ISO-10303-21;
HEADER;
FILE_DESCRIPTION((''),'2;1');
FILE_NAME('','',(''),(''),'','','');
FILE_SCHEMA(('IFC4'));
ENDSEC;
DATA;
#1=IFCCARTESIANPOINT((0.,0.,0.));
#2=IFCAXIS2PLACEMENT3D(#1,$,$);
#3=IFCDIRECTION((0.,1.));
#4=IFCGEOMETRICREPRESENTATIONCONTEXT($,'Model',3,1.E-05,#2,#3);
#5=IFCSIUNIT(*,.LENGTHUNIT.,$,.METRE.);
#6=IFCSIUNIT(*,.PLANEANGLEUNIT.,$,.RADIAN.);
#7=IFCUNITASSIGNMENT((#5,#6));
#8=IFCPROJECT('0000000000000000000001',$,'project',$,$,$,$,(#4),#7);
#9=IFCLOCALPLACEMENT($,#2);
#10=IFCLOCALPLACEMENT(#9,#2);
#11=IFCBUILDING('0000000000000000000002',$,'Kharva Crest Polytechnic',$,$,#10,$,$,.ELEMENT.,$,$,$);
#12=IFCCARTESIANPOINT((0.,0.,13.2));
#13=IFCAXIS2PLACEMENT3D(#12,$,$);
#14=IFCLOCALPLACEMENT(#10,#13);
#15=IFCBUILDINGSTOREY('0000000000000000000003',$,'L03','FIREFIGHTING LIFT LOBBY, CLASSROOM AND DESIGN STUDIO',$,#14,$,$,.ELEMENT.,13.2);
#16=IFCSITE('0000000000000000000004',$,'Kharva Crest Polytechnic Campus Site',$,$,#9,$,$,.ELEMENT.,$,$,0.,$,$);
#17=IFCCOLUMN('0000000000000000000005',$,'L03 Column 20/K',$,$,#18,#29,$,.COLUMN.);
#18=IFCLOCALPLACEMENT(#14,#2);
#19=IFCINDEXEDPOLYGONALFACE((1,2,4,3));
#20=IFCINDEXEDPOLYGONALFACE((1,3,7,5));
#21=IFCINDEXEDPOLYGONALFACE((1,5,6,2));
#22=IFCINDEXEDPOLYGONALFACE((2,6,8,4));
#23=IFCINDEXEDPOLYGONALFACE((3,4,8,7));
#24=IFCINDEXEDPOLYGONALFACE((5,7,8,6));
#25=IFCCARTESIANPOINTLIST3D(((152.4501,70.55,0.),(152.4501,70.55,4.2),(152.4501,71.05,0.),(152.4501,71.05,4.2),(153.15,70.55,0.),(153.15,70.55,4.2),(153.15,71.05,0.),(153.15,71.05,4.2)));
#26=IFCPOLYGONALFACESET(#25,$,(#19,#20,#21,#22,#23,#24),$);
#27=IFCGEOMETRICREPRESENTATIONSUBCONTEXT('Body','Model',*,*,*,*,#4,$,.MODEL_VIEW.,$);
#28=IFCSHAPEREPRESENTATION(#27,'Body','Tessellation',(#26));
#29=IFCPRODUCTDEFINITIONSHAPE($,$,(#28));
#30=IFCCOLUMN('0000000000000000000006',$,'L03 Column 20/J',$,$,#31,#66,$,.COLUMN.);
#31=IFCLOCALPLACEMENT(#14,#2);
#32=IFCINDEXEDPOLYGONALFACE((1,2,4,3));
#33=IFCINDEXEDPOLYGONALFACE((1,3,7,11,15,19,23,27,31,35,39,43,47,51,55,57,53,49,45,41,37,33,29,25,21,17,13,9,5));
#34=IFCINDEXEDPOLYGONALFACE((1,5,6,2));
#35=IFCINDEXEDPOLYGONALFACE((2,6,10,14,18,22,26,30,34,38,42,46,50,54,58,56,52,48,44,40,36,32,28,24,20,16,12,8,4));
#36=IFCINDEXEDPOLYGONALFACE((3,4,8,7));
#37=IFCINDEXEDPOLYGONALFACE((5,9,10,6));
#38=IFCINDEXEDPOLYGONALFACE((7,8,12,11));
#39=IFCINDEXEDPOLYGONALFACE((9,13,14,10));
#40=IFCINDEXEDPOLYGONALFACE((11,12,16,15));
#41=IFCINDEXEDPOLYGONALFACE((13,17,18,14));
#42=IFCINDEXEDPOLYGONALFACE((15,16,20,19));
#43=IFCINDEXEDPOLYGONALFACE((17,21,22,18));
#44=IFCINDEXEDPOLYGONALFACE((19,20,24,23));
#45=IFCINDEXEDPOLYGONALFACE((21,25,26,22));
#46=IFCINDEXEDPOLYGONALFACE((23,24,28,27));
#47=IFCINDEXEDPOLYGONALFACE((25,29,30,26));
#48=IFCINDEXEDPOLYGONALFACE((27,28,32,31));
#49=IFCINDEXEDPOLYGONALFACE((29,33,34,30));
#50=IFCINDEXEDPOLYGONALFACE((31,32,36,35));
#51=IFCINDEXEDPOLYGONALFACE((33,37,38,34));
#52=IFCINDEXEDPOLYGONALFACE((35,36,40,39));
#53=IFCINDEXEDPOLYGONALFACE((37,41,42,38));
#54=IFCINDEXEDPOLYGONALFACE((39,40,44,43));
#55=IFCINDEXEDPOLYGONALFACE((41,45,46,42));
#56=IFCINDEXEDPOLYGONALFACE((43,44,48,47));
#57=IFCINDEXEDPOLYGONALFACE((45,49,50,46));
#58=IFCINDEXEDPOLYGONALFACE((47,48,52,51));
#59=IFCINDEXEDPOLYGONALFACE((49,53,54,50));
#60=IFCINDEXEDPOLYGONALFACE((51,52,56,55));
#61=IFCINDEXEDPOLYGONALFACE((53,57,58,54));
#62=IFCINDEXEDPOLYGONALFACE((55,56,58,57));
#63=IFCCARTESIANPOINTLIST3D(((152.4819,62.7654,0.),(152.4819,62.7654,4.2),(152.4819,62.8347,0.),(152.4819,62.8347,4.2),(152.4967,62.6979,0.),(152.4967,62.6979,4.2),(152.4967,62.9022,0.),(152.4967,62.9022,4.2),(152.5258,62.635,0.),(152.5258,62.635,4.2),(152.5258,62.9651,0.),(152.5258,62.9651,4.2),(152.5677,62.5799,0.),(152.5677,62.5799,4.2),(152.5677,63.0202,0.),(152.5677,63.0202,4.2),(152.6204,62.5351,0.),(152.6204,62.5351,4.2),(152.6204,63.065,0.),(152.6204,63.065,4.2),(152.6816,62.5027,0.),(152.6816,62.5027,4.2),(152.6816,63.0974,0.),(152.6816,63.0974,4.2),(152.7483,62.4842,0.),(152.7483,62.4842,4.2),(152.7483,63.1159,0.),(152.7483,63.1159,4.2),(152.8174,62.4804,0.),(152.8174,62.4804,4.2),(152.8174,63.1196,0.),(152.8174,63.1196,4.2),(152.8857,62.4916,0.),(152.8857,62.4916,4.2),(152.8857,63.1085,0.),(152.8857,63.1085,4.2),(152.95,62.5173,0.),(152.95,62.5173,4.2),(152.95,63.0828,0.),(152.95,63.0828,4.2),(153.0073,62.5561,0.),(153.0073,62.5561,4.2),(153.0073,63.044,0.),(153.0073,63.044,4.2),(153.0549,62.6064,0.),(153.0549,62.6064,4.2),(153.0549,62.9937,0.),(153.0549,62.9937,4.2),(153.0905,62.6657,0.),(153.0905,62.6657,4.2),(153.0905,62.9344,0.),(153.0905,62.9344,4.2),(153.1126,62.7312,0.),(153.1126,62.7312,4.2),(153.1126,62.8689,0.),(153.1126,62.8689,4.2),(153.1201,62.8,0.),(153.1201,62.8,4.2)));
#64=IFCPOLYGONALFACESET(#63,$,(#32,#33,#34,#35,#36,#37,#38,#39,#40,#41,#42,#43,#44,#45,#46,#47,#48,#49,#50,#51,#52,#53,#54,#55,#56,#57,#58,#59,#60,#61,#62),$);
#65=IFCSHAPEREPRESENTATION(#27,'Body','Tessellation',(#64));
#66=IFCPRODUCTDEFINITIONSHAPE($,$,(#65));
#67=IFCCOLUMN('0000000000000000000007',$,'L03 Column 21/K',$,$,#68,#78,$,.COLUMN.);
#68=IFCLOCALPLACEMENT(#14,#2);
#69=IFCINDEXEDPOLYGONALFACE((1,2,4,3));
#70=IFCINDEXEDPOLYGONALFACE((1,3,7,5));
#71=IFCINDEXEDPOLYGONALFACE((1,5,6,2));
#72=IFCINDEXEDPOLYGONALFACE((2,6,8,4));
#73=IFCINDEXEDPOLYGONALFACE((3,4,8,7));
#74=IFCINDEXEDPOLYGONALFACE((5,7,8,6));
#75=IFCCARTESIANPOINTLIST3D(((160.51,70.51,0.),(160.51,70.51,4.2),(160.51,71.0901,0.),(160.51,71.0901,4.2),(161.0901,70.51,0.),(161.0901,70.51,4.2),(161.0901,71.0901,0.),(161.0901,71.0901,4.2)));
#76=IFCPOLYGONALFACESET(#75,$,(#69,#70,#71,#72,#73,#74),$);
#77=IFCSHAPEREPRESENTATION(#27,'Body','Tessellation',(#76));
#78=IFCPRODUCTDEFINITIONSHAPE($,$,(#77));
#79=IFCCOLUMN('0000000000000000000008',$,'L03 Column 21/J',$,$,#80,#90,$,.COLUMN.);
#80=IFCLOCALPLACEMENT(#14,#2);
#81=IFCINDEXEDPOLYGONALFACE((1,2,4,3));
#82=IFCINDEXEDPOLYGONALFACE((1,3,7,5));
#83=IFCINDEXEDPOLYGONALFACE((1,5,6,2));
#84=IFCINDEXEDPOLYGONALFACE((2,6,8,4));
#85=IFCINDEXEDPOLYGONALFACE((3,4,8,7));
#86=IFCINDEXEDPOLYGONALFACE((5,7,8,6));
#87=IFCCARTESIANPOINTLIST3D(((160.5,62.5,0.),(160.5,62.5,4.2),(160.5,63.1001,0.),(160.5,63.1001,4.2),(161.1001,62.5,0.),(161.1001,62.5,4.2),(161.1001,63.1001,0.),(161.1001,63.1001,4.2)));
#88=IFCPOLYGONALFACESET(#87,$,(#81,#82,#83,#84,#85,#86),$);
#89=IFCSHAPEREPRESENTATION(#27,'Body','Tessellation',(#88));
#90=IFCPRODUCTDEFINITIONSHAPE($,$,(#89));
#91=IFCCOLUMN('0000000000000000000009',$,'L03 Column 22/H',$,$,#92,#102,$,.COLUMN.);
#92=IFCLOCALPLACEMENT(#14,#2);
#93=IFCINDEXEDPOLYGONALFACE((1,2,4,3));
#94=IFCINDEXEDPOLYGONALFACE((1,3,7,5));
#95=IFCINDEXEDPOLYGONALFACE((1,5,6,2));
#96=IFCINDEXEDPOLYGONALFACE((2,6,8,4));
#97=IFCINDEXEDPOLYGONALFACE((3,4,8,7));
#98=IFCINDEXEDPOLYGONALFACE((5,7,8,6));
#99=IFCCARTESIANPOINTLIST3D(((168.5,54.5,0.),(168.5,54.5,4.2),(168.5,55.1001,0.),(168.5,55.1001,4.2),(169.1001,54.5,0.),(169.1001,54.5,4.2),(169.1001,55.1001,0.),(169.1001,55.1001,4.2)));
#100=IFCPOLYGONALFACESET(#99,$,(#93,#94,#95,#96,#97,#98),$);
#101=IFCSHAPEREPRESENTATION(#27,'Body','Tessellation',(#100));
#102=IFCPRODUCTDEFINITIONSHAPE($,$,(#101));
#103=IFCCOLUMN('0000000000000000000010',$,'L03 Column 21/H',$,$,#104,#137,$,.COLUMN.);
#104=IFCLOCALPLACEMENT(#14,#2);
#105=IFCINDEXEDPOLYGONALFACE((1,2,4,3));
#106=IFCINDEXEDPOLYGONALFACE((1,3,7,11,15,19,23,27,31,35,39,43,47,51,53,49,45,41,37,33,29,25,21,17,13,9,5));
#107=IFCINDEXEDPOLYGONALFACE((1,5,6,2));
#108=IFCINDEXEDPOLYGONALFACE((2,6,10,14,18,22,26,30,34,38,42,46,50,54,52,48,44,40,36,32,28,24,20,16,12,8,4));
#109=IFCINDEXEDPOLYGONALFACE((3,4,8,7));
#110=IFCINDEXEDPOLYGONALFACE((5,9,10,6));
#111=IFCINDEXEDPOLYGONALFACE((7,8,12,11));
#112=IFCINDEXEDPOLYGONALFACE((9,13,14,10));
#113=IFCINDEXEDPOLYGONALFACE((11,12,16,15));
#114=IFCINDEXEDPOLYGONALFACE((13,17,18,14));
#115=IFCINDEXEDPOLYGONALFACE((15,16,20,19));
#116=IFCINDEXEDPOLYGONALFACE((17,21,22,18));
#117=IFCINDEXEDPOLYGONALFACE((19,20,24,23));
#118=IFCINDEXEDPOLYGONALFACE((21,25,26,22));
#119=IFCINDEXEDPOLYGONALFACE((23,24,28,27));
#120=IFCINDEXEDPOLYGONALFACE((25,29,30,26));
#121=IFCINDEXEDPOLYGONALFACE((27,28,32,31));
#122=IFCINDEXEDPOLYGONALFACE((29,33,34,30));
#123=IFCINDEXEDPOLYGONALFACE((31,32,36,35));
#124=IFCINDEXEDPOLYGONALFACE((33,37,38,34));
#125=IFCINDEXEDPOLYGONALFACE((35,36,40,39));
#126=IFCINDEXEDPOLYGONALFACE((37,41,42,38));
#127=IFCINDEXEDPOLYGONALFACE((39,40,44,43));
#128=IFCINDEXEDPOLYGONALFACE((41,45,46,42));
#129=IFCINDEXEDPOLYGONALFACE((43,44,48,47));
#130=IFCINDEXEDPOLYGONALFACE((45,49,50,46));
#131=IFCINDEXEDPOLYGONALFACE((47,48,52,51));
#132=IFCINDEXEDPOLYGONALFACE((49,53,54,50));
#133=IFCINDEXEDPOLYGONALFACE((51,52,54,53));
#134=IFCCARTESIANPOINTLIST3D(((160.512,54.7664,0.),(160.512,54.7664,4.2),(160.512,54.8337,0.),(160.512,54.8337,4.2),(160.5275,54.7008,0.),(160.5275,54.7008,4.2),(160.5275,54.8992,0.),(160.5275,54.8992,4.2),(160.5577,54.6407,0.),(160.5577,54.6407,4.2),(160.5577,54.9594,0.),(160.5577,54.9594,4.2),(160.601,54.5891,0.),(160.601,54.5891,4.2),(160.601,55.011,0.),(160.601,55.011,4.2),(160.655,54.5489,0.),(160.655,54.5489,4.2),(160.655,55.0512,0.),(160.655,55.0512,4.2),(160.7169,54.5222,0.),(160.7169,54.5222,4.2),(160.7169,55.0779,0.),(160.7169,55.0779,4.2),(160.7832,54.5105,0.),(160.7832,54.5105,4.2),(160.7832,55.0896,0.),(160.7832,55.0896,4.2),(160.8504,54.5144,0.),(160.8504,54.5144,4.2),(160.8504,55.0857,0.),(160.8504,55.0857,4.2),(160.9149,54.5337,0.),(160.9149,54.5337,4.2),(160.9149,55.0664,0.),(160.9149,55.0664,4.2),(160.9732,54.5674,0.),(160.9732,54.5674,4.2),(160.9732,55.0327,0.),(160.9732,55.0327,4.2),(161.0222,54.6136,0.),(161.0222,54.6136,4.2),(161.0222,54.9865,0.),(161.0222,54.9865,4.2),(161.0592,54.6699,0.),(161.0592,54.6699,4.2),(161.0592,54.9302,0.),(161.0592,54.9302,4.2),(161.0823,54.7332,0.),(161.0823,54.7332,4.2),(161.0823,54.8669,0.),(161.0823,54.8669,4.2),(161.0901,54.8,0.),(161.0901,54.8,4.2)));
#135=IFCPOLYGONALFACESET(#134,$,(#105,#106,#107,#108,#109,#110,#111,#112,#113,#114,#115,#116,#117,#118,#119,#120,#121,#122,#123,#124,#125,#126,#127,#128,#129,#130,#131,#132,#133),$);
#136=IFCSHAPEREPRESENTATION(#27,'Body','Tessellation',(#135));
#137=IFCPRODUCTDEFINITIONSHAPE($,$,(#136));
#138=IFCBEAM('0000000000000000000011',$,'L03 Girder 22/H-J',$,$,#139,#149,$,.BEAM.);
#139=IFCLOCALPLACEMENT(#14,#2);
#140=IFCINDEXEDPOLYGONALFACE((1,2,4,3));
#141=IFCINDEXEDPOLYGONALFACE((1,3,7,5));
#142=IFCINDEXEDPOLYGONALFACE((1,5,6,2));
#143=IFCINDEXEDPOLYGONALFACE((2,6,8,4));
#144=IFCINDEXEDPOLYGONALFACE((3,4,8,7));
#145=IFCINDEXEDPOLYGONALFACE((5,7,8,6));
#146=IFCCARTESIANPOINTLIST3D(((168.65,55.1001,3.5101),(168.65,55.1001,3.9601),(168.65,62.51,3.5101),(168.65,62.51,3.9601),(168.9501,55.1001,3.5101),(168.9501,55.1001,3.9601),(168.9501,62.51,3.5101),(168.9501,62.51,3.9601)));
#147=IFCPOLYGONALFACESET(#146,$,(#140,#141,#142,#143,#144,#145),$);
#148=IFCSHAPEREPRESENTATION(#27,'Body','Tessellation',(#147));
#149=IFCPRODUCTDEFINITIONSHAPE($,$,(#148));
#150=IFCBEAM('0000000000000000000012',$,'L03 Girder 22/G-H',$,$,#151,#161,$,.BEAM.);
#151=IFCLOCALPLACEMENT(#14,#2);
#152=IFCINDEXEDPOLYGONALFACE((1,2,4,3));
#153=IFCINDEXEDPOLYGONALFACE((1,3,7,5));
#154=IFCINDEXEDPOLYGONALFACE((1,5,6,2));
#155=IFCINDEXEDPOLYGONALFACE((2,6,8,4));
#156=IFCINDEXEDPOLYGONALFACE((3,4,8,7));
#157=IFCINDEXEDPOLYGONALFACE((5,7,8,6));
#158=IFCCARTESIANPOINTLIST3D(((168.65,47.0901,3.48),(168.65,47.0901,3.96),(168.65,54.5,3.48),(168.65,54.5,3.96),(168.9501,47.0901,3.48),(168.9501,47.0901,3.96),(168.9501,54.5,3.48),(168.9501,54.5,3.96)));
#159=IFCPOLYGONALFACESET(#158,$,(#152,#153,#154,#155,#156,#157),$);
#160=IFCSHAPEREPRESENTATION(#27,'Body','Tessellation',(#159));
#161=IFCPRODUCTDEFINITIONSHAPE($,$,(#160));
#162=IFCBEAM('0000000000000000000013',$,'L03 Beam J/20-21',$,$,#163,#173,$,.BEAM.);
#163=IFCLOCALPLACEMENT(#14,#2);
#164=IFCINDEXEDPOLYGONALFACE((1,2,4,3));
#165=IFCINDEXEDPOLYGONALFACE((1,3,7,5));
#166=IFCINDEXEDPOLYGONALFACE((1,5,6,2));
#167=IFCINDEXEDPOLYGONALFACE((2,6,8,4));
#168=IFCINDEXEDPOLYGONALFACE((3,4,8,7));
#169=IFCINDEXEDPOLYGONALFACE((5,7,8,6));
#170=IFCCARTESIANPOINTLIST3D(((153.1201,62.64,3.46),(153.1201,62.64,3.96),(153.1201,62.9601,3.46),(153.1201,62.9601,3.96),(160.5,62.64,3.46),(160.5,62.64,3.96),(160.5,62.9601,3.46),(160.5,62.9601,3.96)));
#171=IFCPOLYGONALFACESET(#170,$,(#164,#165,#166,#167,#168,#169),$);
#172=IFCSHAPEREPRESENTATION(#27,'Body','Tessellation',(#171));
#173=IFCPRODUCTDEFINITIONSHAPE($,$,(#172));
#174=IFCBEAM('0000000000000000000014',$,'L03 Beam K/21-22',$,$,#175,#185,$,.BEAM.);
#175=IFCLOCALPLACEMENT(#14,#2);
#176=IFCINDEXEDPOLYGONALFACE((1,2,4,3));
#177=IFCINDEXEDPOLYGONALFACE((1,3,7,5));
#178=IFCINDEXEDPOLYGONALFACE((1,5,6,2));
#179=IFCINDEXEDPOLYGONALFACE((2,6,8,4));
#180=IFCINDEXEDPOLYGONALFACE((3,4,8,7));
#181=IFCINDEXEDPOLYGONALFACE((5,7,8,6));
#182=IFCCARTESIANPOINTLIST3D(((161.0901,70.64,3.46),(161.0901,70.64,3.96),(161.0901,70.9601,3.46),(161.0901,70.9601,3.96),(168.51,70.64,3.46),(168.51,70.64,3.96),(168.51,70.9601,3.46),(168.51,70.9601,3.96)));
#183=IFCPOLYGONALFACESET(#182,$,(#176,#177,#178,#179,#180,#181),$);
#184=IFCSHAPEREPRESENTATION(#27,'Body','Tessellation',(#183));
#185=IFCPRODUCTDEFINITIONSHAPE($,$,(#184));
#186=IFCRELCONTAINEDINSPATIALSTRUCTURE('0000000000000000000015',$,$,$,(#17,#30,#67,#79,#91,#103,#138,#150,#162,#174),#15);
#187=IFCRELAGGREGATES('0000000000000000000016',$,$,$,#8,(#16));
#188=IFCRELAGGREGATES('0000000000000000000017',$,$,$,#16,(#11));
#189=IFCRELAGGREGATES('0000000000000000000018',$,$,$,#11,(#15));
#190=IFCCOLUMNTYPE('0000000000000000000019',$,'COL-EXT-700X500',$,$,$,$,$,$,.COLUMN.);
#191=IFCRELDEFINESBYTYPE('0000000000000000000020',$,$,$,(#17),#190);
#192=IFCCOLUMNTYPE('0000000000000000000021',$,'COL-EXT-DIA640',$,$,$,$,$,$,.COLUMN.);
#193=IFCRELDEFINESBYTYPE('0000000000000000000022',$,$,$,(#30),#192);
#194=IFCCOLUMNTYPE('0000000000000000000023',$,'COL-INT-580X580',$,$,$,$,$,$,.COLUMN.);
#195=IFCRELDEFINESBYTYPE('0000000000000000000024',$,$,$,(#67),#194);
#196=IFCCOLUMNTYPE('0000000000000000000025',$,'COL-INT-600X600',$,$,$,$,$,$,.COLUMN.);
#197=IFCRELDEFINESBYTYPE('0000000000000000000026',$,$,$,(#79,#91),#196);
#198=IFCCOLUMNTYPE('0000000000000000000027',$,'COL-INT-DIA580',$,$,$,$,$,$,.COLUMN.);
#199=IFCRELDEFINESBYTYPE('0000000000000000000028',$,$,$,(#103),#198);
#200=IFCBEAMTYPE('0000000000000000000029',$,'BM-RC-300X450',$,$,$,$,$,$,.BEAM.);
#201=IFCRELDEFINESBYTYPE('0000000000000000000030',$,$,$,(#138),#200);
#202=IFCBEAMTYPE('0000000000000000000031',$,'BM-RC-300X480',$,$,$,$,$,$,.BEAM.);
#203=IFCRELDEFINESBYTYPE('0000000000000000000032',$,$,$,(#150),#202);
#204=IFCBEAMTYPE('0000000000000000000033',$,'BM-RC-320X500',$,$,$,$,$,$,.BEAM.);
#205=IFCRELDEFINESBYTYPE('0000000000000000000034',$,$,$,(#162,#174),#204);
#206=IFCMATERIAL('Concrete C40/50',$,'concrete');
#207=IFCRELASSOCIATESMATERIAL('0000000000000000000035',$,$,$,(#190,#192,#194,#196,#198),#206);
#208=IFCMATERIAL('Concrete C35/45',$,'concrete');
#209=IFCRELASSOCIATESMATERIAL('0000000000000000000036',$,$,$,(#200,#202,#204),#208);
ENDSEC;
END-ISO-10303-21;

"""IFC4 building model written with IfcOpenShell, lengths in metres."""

from ifc_helpers import new_model, si_unit, direction, frame, origin, origin_2d, place, context, subcontext, project, spatial, rectangle, circle, extrude, material, material_profile, profile_set, type_object, element, save


model = new_model("IFC4")

# Units and contexts
model_context = context("Model", 3, precision=1e-05, world=origin(), true_north=direction((0.0, 1.0)))
body_context = subcontext(model_context, "Body", "Model", "MODEL_VIEW")
ifc_project = project(units=[si_unit("LENGTHUNIT", "METRE"), si_unit("PLANEANGLEUNIT", "RADIAN")], contexts=[model_context])

# Site, building, storey
site_placement = place(None, origin())
site = spatial("IfcSite", under=ifc_project, at=site_placement, Name="Kharva Crest Polytechnic Campus Site", CompositionType="ELEMENT", RefElevation=0.0)
building_placement = place(site_placement, origin())
building = spatial("IfcBuilding", under=site, at=building_placement, Name="Kharva Crest Polytechnic", CompositionType="ELEMENT")
storey_placement = place(building_placement, frame((0.0, 0.0, 13.2)))
storey = spatial("IfcBuildingStorey", under=building, at=storey_placement, Name="L03", Description="FIREFIGHTING LIFT LOBBY, CLASSROOM AND DESIGN STUDIO", CompositionType="ELEMENT", Elevation=13.2)

# Columns
ifc_material_1 = material(Name="Concrete C40/50", Category="concrete")
ifc_material_profile_1 = material_profile(ifc_material_1, rectangle(XDim=0.7, YDim=0.5, at=origin_2d()), Name="RECT 700 X 500")
ifc_profile_set_1 = profile_set([ifc_material_profile_1], Name="Concrete C40/50")
column_type_1 = type_object("IfcColumnType", Name="COL-EXT-700X500", PredefinedType="COLUMN", material=ifc_profile_set_1)
column_1_placement = place(storey_placement, frame((152.8, 70.8, 0.0), z_axis=(0.0, 0.0, 1.0), x_axis=(1.0, 0.0, 0.0)))
element("IfcColumn", 1, at=column_1_placement, inside=storey, type_object=column_type_1, Name="L03 Column 20/K", PredefinedType="COLUMN", context=body_context, shape_type="SweptSolid", body=[
    extrude(rectangle(XDim=0.7, YDim=0.5, at=origin_2d()), origin(), (0.0, 0.0, 1.0), 4.2),
])
ifc_material_profile_2 = material_profile(ifc_material_1, circle(Radius=0.3201, at=origin_2d()), Name="DIA 640")
ifc_profile_set_2 = profile_set([ifc_material_profile_2], Name="Concrete C40/50")
column_type_2 = type_object("IfcColumnType", Name="COL-EXT-DIA640", PredefinedType="COLUMN", material=ifc_profile_set_2)
column_2_placement = place(storey_placement, frame((152.8, 62.8, 0.0), z_axis=(0.0, 0.0, 1.0), x_axis=(1.0, 0.0, 0.0)))
element("IfcColumn", 2, at=column_2_placement, inside=storey, type_object=column_type_2, Name="L03 Column 20/J", PredefinedType="COLUMN", context=body_context, shape_type="SweptSolid", body=[
    extrude(circle(Radius=0.3201, at=origin_2d()), origin(), (0.0, 0.0, 1.0), 4.2),
])
ifc_material_profile_3 = material_profile(ifc_material_1, rectangle(XDim=0.5801, YDim=0.5801, at=origin_2d()), Name="RECT 580 X 580")
ifc_profile_set_3 = profile_set([ifc_material_profile_3], Name="Concrete C40/50")
column_type_3 = type_object("IfcColumnType", Name="COL-INT-580X580", PredefinedType="COLUMN", material=ifc_profile_set_3)
column_3_placement = place(storey_placement, frame((160.8, 70.8, 0.0), z_axis=(0.0, 0.0, 1.0), x_axis=(1.0, 0.0, 0.0)))
element("IfcColumn", 3, at=column_3_placement, inside=storey, type_object=column_type_3, Name="L03 Column 21/K", PredefinedType="COLUMN", context=body_context, shape_type="SweptSolid", body=[
    extrude(rectangle(XDim=0.5801, YDim=0.5801, at=origin_2d()), origin(), (0.0, 0.0, 1.0), 4.2),
])
ifc_material_profile_4 = material_profile(ifc_material_1, rectangle(XDim=0.6001, YDim=0.6001, at=origin_2d()), Name="RECT 600 X 600")
ifc_profile_set_4 = profile_set([ifc_material_profile_4], Name="Concrete C40/50")
column_type_4 = type_object("IfcColumnType", Name="COL-INT-600X600", PredefinedType="COLUMN", material=ifc_profile_set_4)
for number, where, z_axis, x_axis, name in (
    (4, (160.8, 62.8, 0.0), (0.0, 0.0, 1.0), (1.0, 0.0, 0.0), "L03 Column 21/J"),
    (5, (168.8, 54.8, 0.0), (0.0, 0.0, 1.0), (1.0, 0.0, 0.0), "L03 Column 22/H"),
):
    element("IfcColumn", number, at=place(storey_placement, frame(where, z_axis=z_axis, x_axis=x_axis)), inside=storey, type_object=column_type_4, Name=name, PredefinedType="COLUMN", context=body_context, shape_type="SweptSolid", body=[
        extrude(rectangle(XDim=0.6001, YDim=0.6001, at=origin_2d()), origin(), (0.0, 0.0, 1.0), 4.2),
    ])
ifc_material_profile_5 = material_profile(ifc_material_1, circle(Radius=0.29, at=origin_2d()), Name="DIA 580")
ifc_profile_set_5 = profile_set([ifc_material_profile_5], Name="Concrete C40/50")
column_type_5 = type_object("IfcColumnType", Name="COL-INT-DIA580", PredefinedType="COLUMN", material=ifc_profile_set_5)
column_4_placement = place(storey_placement, frame((160.8, 54.8, 0.0), z_axis=(0.0, 0.0, 1.0), x_axis=(1.0, 0.0, 0.0)))
element("IfcColumn", 6, at=column_4_placement, inside=storey, type_object=column_type_5, Name="L03 Column 21/H", PredefinedType="COLUMN", context=body_context, shape_type="SweptSolid", body=[
    extrude(circle(Radius=0.29, at=origin_2d()), origin(), (0.0, 0.0, 1.0), 4.2),
])

# Beams
ifc_material_2 = material(Name="Concrete C35/45", Category="concrete")
ifc_material_profile_6 = material_profile(ifc_material_2, rectangle(XDim=0.3, YDim=0.45, at=origin_2d()), Name="RECT 300 X 450")
ifc_profile_set_6 = profile_set([ifc_material_profile_6], Name="Concrete C35/45")
beam_type_1 = type_object("IfcBeamType", Name="BM-RC-300X450", PredefinedType="BEAM", material=ifc_profile_set_6)
beam_1_placement = place(storey_placement, frame((168.8, 55.1001, 3.7351), z_axis=(0.0, 1.0, 0.0), x_axis=(-1.0, 0.0, 0.0)))
element("IfcBeam", 7, at=beam_1_placement, inside=storey, type_object=beam_type_1, Name="L03 Girder 22/H-J", PredefinedType="BEAM", context=body_context, shape_type="SweptSolid", body=[
    extrude(rectangle(XDim=0.3, YDim=0.45, at=origin_2d()), origin(), (0.0, 0.0, 1.0), 7.4099),
])
ifc_material_profile_7 = material_profile(ifc_material_2, rectangle(XDim=0.3, YDim=0.48, at=origin_2d()), Name="RECT 300 X 480")
ifc_profile_set_7 = profile_set([ifc_material_profile_7], Name="Concrete C35/45")
beam_type_2 = type_object("IfcBeamType", Name="BM-RC-300X480", PredefinedType="BEAM", material=ifc_profile_set_7)
beam_2_placement = place(storey_placement, frame((168.8, 47.0901, 3.72), z_axis=(0.0, 1.0, 0.0), x_axis=(-1.0, 0.0, 0.0)))
element("IfcBeam", 8, at=beam_2_placement, inside=storey, type_object=beam_type_2, Name="L03 Girder 22/G-H", PredefinedType="BEAM", context=body_context, shape_type="SweptSolid", body=[
    extrude(rectangle(XDim=0.3, YDim=0.48, at=origin_2d()), origin(), (0.0, 0.0, 1.0), 7.4099),
])
ifc_material_profile_8 = material_profile(ifc_material_2, rectangle(XDim=0.3201, YDim=0.5, at=origin_2d()), Name="RECT 320 X 500")
ifc_profile_set_8 = profile_set([ifc_material_profile_8], Name="Concrete C35/45")
beam_type_3 = type_object("IfcBeamType", Name="BM-RC-320X500", PredefinedType="BEAM", material=ifc_profile_set_8)
beam_3_placement = place(storey_placement, frame((153.1201, 62.8, 3.71), z_axis=(1.0, 0.0, 0.0), x_axis=(0.0, 1.0, 0.0)))
element("IfcBeam", 9, at=beam_3_placement, inside=storey, type_object=beam_type_3, Name="L03 Beam J/20-21", PredefinedType="BEAM", context=body_context, shape_type="SweptSolid", body=[
    extrude(rectangle(XDim=0.3201, YDim=0.5, at=origin_2d()), origin(), (0.0, 0.0, 1.0), 7.3799),
])
beam_4_placement = place(storey_placement, frame((161.0901, 70.8, 3.71), z_axis=(1.0, 0.0, 0.0), x_axis=(0.0, 1.0, 0.0)))
element("IfcBeam", 10, at=beam_4_placement, inside=storey, type_object=beam_type_3, Name="L03 Beam K/21-22", PredefinedType="BEAM", context=body_context, shape_type="SweptSolid", body=[
    extrude(rectangle(XDim=0.3201, YDim=0.5, at=origin_2d()), origin(), (0.0, 0.0, 1.0), 7.4199),
])

save(model, "model.ifc")
